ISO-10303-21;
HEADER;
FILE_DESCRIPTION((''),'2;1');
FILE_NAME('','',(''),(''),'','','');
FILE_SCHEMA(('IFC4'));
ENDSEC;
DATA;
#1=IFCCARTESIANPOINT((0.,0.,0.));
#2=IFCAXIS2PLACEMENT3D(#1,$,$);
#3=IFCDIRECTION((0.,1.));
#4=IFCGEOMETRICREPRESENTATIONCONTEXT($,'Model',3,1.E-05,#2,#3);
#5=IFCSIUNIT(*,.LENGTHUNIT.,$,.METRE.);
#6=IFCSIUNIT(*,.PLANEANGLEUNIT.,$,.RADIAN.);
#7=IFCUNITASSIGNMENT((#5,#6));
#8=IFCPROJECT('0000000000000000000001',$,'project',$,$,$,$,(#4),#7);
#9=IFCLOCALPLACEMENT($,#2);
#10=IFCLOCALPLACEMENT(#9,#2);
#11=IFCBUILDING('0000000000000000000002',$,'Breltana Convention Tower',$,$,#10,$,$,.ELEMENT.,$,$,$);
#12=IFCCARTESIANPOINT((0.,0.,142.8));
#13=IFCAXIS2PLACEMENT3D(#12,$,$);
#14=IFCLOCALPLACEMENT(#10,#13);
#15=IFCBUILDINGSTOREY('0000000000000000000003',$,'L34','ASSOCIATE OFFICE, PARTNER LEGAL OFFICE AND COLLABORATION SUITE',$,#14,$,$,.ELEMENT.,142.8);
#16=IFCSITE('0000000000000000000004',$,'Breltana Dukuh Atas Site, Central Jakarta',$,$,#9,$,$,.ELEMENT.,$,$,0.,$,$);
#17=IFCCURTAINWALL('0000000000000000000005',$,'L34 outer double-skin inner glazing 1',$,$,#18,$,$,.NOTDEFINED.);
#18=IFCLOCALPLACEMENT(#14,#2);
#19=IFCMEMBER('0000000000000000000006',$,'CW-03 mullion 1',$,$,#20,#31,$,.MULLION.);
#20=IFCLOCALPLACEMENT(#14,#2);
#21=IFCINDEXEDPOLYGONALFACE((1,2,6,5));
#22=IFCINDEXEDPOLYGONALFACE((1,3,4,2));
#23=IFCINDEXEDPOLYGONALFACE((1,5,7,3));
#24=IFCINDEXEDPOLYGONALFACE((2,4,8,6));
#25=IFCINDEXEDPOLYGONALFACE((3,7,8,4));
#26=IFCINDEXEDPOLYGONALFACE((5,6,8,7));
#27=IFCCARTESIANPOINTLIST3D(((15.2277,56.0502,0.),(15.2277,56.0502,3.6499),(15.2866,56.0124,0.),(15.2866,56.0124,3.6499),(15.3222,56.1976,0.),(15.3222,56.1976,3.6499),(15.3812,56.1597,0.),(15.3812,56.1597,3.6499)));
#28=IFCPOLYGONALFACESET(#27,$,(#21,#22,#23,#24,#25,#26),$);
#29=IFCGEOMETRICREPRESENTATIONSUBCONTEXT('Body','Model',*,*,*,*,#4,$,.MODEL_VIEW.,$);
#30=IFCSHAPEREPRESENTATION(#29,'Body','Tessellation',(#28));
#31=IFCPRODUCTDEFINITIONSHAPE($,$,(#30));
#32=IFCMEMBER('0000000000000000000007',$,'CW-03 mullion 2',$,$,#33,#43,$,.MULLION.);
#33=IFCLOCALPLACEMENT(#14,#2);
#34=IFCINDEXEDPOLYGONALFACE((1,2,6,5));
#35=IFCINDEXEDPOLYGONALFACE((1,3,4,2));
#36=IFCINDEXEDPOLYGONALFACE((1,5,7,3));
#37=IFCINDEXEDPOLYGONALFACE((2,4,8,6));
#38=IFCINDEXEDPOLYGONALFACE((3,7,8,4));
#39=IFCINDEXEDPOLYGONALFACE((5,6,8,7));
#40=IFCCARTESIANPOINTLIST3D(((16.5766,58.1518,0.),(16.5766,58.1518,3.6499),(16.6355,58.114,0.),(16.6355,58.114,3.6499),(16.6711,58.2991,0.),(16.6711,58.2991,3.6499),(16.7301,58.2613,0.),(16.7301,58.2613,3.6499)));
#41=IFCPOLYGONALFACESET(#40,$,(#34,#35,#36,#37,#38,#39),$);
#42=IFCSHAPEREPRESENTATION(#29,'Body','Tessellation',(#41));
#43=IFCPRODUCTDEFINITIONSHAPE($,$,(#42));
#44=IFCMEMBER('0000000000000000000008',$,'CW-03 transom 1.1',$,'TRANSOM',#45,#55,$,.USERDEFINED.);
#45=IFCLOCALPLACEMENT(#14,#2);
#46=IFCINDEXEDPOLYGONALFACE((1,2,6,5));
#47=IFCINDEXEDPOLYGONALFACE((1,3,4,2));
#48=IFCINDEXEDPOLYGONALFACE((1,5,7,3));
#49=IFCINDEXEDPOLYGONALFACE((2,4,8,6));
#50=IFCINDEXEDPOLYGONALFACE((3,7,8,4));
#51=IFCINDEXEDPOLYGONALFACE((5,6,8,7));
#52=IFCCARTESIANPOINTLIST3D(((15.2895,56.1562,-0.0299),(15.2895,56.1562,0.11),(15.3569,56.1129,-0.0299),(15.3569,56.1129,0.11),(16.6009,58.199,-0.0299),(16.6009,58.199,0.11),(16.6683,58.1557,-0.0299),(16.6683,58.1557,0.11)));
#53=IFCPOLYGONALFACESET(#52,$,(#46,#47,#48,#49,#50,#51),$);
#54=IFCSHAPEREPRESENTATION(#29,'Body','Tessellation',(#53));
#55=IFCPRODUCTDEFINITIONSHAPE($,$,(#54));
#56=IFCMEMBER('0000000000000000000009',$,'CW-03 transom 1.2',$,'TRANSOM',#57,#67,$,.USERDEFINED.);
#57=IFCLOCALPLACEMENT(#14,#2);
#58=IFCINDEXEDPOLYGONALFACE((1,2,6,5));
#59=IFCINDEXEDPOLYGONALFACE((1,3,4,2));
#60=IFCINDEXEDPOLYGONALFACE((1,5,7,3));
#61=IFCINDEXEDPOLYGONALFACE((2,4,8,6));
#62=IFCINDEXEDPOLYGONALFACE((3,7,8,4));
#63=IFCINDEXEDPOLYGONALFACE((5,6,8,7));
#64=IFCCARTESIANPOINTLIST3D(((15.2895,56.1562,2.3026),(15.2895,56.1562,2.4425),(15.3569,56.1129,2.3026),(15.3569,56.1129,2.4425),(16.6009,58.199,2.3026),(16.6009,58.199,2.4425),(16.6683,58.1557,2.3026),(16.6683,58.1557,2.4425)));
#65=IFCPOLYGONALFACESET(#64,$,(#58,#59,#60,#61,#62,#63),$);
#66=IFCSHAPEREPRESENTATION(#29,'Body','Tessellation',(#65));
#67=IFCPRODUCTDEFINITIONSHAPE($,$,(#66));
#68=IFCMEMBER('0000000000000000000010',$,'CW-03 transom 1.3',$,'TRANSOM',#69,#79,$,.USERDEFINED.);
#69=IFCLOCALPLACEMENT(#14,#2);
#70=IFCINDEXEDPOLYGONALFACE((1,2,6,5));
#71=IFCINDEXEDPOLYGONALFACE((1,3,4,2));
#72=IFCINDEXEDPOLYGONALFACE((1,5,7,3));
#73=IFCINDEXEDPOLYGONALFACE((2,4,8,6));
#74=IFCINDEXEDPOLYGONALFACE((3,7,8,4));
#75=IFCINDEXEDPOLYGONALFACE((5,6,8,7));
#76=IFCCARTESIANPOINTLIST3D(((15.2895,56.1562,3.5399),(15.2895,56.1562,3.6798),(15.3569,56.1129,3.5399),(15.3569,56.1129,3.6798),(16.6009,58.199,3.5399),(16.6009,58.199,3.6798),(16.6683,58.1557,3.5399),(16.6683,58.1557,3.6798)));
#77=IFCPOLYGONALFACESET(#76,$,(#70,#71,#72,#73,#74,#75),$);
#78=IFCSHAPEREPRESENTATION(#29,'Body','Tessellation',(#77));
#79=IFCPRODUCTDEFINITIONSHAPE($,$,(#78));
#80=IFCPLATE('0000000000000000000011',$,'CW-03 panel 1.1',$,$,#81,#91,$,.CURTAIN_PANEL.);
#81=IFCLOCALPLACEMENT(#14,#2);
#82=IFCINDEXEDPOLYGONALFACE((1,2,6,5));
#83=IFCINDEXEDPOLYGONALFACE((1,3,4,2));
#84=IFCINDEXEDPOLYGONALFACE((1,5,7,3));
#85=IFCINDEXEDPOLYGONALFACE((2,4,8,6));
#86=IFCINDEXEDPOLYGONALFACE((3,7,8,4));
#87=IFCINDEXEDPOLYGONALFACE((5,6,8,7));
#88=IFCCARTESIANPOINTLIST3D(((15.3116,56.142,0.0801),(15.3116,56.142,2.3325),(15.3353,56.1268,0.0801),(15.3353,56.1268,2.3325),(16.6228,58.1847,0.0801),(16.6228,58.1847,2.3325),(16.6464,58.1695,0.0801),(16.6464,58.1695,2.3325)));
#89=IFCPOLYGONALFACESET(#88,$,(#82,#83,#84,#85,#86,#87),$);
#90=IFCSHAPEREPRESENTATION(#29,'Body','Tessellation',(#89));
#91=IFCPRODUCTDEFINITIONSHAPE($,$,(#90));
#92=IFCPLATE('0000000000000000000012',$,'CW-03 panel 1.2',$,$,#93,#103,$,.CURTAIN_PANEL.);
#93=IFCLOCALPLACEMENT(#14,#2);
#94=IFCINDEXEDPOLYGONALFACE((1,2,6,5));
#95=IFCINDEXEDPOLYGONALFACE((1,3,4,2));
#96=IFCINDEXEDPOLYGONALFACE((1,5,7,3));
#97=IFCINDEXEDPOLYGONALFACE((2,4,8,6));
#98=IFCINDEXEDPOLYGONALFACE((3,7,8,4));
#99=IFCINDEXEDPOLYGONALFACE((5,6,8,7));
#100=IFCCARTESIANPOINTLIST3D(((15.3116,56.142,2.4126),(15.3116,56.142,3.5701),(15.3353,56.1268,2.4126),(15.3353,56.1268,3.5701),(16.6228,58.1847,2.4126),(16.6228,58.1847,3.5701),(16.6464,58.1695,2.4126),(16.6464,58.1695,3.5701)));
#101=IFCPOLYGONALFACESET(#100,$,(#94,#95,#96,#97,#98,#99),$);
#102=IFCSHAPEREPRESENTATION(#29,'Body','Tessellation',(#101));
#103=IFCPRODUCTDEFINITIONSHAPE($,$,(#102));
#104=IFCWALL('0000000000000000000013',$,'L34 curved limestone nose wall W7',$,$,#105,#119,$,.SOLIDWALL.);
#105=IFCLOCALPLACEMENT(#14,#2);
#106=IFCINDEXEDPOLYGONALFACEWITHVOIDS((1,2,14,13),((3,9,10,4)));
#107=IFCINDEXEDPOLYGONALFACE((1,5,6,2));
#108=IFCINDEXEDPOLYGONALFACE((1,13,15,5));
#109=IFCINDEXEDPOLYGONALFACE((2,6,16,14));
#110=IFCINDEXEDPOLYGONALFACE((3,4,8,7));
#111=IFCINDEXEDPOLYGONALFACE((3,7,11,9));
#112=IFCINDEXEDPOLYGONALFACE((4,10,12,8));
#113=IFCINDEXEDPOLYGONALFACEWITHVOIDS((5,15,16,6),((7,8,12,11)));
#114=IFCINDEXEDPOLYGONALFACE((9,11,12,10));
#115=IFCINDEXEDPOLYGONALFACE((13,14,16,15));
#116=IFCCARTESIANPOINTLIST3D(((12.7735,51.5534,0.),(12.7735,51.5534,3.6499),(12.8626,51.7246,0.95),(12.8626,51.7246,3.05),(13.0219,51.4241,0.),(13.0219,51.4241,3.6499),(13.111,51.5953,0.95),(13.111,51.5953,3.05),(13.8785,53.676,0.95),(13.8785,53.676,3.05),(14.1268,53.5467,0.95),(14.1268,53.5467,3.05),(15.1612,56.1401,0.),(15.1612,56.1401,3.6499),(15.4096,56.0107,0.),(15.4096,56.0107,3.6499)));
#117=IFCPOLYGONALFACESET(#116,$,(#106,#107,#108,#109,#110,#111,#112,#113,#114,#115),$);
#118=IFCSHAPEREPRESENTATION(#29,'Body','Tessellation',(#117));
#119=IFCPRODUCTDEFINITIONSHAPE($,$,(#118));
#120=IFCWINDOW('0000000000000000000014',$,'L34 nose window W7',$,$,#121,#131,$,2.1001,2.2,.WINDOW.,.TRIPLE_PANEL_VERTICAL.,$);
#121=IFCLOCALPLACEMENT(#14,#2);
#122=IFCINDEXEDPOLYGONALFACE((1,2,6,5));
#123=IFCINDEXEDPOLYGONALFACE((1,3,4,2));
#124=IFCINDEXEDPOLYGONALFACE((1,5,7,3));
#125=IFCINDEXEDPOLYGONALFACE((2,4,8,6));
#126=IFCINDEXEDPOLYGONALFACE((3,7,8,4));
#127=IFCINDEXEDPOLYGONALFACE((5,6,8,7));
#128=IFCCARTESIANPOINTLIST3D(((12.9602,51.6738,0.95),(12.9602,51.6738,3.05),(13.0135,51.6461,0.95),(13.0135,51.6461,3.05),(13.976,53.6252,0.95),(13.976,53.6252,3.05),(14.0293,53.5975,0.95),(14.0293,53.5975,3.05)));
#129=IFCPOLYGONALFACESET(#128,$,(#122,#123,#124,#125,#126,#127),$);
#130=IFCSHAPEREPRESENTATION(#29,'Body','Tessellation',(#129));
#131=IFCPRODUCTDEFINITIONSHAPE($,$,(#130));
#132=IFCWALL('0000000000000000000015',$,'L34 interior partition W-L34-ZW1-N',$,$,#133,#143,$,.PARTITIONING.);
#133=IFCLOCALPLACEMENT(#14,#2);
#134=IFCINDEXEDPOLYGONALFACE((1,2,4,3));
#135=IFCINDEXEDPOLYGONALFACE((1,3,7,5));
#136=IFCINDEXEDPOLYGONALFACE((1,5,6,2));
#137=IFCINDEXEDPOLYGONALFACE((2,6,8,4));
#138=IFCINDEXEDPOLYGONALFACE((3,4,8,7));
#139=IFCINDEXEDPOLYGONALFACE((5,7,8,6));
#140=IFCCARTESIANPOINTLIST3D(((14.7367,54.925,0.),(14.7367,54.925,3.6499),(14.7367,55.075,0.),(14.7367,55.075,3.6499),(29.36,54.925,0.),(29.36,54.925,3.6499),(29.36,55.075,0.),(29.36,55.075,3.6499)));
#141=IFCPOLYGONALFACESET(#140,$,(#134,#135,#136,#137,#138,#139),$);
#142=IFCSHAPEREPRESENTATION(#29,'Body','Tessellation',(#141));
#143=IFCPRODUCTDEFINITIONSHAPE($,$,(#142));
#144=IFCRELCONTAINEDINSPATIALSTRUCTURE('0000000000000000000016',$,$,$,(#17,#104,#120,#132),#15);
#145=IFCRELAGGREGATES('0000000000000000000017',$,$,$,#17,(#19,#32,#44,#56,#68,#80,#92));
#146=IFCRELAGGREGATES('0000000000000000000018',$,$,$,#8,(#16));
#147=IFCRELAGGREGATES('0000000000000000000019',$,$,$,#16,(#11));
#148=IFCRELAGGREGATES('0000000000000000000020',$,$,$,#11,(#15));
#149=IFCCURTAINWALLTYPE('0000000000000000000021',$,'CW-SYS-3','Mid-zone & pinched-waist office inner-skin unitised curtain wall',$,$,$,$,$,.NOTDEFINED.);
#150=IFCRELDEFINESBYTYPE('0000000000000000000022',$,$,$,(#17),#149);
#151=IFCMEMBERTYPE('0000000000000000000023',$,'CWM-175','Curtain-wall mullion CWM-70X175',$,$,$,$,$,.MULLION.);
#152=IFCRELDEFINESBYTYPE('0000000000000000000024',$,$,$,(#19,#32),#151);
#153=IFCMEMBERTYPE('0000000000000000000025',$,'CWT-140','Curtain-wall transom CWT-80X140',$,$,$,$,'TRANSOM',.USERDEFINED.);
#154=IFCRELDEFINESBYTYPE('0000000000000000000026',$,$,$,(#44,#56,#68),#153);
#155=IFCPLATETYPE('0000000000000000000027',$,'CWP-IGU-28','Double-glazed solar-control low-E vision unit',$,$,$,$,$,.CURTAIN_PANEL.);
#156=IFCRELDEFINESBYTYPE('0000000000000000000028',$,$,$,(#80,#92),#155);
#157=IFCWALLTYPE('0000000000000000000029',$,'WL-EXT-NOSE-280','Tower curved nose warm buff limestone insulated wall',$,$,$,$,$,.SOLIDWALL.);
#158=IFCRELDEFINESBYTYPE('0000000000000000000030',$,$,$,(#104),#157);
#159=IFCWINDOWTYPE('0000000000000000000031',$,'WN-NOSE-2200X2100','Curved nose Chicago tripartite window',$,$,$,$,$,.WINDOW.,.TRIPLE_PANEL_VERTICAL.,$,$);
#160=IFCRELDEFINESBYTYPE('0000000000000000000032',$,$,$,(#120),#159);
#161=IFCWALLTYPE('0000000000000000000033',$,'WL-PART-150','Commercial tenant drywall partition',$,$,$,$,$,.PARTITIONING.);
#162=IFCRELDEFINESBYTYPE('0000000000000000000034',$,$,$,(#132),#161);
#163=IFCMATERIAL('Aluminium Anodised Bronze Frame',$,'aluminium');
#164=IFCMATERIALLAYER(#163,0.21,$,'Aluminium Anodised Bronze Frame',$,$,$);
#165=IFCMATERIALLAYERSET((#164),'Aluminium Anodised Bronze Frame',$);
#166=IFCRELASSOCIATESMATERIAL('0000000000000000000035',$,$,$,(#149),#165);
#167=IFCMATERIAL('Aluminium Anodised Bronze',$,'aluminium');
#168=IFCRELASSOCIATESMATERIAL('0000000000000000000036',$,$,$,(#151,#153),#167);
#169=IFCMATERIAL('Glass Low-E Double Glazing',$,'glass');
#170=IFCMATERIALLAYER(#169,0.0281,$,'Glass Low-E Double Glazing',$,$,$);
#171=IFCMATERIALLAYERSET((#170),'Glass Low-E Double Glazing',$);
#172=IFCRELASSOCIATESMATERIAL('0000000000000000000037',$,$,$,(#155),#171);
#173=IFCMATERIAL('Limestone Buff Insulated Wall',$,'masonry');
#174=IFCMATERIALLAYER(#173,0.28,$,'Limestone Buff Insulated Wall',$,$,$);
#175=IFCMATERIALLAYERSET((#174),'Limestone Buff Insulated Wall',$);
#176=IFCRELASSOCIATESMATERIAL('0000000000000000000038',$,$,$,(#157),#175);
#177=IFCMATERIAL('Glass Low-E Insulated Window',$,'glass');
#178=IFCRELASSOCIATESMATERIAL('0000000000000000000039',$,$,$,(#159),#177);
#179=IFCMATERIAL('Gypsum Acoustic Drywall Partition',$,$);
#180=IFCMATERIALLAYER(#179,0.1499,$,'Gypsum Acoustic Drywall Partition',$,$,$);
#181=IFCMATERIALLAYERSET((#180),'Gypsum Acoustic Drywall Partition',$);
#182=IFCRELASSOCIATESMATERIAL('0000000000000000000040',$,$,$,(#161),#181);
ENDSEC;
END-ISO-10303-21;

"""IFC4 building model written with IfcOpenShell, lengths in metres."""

from ifc_helpers import new_model, si_unit, direction, frame, frame_2d, origin, origin_2d, place, context, subcontext, project, spatial, rectangle, extrude, source, transform, mapped, material, layer, layer_set, material_profile, profile_set, type_object, type_shapes, element, fill, aggregate, save


model = new_model("IFC4")

# Units and contexts
model_context = context("Model", 3, precision=1e-05, world=origin(), true_north=direction((0.0, 1.0)))
body_context = subcontext(model_context, "Body", "Model", "MODEL_VIEW")
ifc_project = project(units=[si_unit("LENGTHUNIT", "METRE"), si_unit("PLANEANGLEUNIT", "RADIAN")], contexts=[model_context])

# Site, building, storey
site_placement = place(None, origin())
site = spatial("IfcSite", under=ifc_project, at=site_placement, Name="Breltana Dukuh Atas Site, Central Jakarta", CompositionType="ELEMENT", RefElevation=0.0)
building_placement = place(site_placement, origin())
building = spatial("IfcBuilding", under=site, at=building_placement, Name="Breltana Convention Tower", CompositionType="ELEMENT")
storey_placement = place(building_placement, frame((0.0, 0.0, 142.8)))
storey = spatial("IfcBuildingStorey", under=building, at=storey_placement, Name="L34", Description="ASSOCIATE OFFICE, PARTNER LEGAL OFFICE AND COLLABORATION SUITE", CompositionType="ELEMENT", Elevation=142.8)

# Shared definitions
ifc_material_1 = material(Name="Aluminium Anodised Bronze Frame", Category="aluminium")
ifc_material_2 = material(Name="Aluminium Anodised Bronze", Category="aluminium")

# Curtain wall, members, plates
ifc_layer_1 = layer(ifc_material_1, 0.21, Name="Aluminium Anodised Bronze Frame")
ifc_layer_set_1 = layer_set([ifc_layer_1], Name="Aluminium Anodised Bronze Frame")
curtain_wall_type_1 = type_object("IfcCurtainWallType", Name="CW-SYS-3", Description="Mid-zone & pinched-waist office inner-skin unitised curtain wall", PredefinedType="NOTDEFINED", material=ifc_layer_set_1)
curtain_wall_1_placement = place(storey_placement, origin())
curtain_wall_1 = element("IfcCurtainWall", 1, at=curtain_wall_1_placement, inside=storey, type_object=curtain_wall_type_1, Name="L34 outer double-skin inner glazing 1", PredefinedType="NOTDEFINED")
ifc_material_profile_1 = material_profile(ifc_material_2, rectangle(XDim=0.0701, YDim=0.175, at=origin_2d()), Name="CWM-70X175")
ifc_profile_set_1 = profile_set([ifc_material_profile_1], Name="Aluminium Anodised Bronze")
member_type_1 = type_object("IfcMemberType", Name="CWM-175", Description="Curtain-wall mullion CWM-70X175", PredefinedType="MULLION", material=ifc_profile_set_1)
shared_shape_1 = source(origin(), body_context, "Body", "SweptSolid", [
    extrude(rectangle(XDim=0.0701, YDim=0.175, at=origin_2d()), origin(), (0.0, 0.0, 1.0), 3.6499),
])
member_1_placement = place(storey_placement, frame((15.3044, 56.105, 0.0), z_axis=(0.0, 0.0, 1.0), x_axis=(-0.841554, 0.540173, 0.0)))
member_1 = element("IfcMember", 2, at=member_1_placement, type_object=member_type_1, Name="CW-03 mullion 1", PredefinedType="MULLION", context=body_context, shape_type="MappedRepresentation", body=[
    mapped(shared_shape_1, transform((0.0, 0.0, 0.0), scale=1.0)),
])
member_2_placement = place(storey_placement, frame((16.6533, 58.2065, 0.0), z_axis=(0.0, 0.0, 1.0), x_axis=(-0.841554, 0.540173, 0.0)))
member_2 = element("IfcMember", 3, at=member_2_placement, type_object=member_type_1, Name="CW-03 mullion 2", PredefinedType="MULLION", context=body_context, shape_type="MappedRepresentation", body=[
    mapped(shared_shape_1, transform((0.0, 0.0, 0.0), scale=1.0)),
])
ifc_material_profile_2 = material_profile(ifc_material_2, rectangle(XDim=0.0801, YDim=0.1399, at=origin_2d()), Name="CWT-80X140")
ifc_profile_set_2 = profile_set([ifc_material_profile_2], Name="Aluminium Anodised Bronze")
member_type_2 = type_object("IfcMemberType", Name="CWT-140", Description="Curtain-wall transom CWT-80X140", ElementType="TRANSOM", PredefinedType="USERDEFINED", material=ifc_profile_set_2)
shared_shape_2 = source(origin(), body_context, "Body", "SweptSolid", [
    extrude(rectangle(XDim=0.0801, YDim=0.1399, at=origin_2d()), origin(), (0.0, 0.0, 1.0), 2.4275),
])
member_3_placement = place(storey_placement, frame((15.3232, 56.1345, 0.04), z_axis=(0.540203, 0.841534, 0.0), x_axis=(-0.841534, 0.540203, 0.0)))
member_3 = element("IfcMember", 4, at=member_3_placement, type_object=member_type_2, Name="CW-03 transom 1.1", ObjectType="TRANSOM", PredefinedType="USERDEFINED", context=body_context, shape_type="MappedRepresentation", body=[
    mapped(shared_shape_2, transform((0.0, 0.0, 0.0), scale=1.0)),
])
member_4_placement = place(storey_placement, frame((15.3232, 56.1345, 2.3726), z_axis=(0.540203, 0.841534, 0.0), x_axis=(-0.841534, 0.540203, 0.0)))
member_4 = element("IfcMember", 5, at=member_4_placement, type_object=member_type_2, Name="CW-03 transom 1.2", ObjectType="TRANSOM", PredefinedType="USERDEFINED", context=body_context, shape_type="MappedRepresentation", body=[
    mapped(shared_shape_2, transform((0.0, 0.0, 0.0), scale=1.0)),
])
member_5_placement = place(storey_placement, frame((15.3232, 56.1345, 3.6099), z_axis=(0.540203, 0.841534, 0.0), x_axis=(-0.841534, 0.540203, 0.0)))
member_5 = element("IfcMember", 6, at=member_5_placement, type_object=member_type_2, Name="CW-03 transom 1.3", ObjectType="TRANSOM", PredefinedType="USERDEFINED", context=body_context, shape_type="MappedRepresentation", body=[
    mapped(shared_shape_2, transform((0.0, 0.0, 0.0), scale=1.0)),
])
ifc_material_3 = material(Name="Glass Low-E Double Glazing", Category="glass")
ifc_layer_2 = layer(ifc_material_3, 0.0281, Name="Glass Low-E Double Glazing")
ifc_layer_set_2 = layer_set([ifc_layer_2], Name="Glass Low-E Double Glazing")
plate_type = type_object("IfcPlateType", Name="CWP-IGU-28", Description="Double-glazed solar-control low-E vision unit", PredefinedType="CURTAIN_PANEL", material=ifc_layer_set_2)
shared_shape_3 = source(origin(), body_context, "Body", "SweptSolid", [
    extrude(rectangle(XDim=2.4272, YDim=0.0281, at=origin_2d()), origin(), (0.0, 0.0, 1.0), 2.2524),
])
plate_1_placement = place(storey_placement, frame((15.979, 57.1558, 0.0801), z_axis=(0.0, 0.0, 1.0), x_axis=(0.540173, 0.841554, 0.0)))
plate_1 = element("IfcPlate", 7, at=plate_1_placement, type_object=plate_type, Name="CW-03 panel 1.1", PredefinedType="CURTAIN_PANEL", context=body_context, shape_type="MappedRepresentation", body=[
    mapped(shared_shape_3, transform((0.0, 0.0, 0.0), scale=1.0)),
])
shared_shape_4 = source(origin(), body_context, "Body", "SweptSolid", [
    extrude(rectangle(XDim=2.4272, YDim=0.0281, at=origin_2d()), origin(), (0.0, 0.0, 1.0), 1.1575),
])
plate_2_placement = place(storey_placement, frame((15.979, 57.1558, 2.4126), z_axis=(0.0, 0.0, 1.0), x_axis=(0.540173, 0.841554, 0.0)))
plate_2 = element("IfcPlate", 8, at=plate_2_placement, type_object=plate_type, Name="CW-03 panel 1.2", PredefinedType="CURTAIN_PANEL", context=body_context, shape_type="MappedRepresentation", body=[
    mapped(shared_shape_4, transform((0.0, 0.0, 0.0), scale=1.0)),
])
aggregate(curtain_wall_1, [member_1, member_2, member_3, member_4, member_5, plate_1, plate_2])

# Wall, opening, window
ifc_material_4 = material(Name="Limestone Buff Insulated Wall", Category="masonry")
ifc_layer_3 = layer(ifc_material_4, 0.28, Name="Limestone Buff Insulated Wall")
ifc_layer_set_3 = layer_set([ifc_layer_3], Name="Limestone Buff Insulated Wall")
wall_type_1 = type_object("IfcWallType", Name="WL-EXT-NOSE-280", Description="Tower curved nose warm buff limestone insulated wall", PredefinedType="SOLIDWALL", material=ifc_layer_set_3)
shared_shape_5 = source(origin(), body_context, "Body", "SweptSolid", [
    extrude(rectangle(XDim=5.1709, YDim=0.28, at=frame_2d((2.5854, 0.0))), origin(), (0.0, 0.0, 1.0), 3.6499),
])
wall_1_placement = place(storey_placement, frame((12.8977, 51.4888, 0.0), z_axis=(0.0, 0.0, 1.0), x_axis=(0.461753, 0.887009, 0.0)))
wall_1 = element("IfcWall", 9, at=wall_1_placement, inside=storey, type_object=wall_type_1, Name="L34 curved limestone nose wall W7", PredefinedType="SOLIDWALL", context=body_context, shape_type="MappedRepresentation", body=[
    mapped(shared_shape_5, transform((0.0, 0.0, 0.0), scale=1.0)),
])
opening_1_placement = place(wall_1_placement, frame((0.1929, 0.0, 0.95)))
opening_1 = element("IfcOpeningElement", 10, at=opening_1_placement, cuts=wall_1, PredefinedType="OPENING", context=body_context, shape_type="SweptSolid", body=[
    extrude(rectangle(XDim=2.2, YDim=2.1001, at=frame_2d((1.1001, 1.05))), frame((0.0, 0.1499, 0.0), z_axis=(0.0, -1.0, 0.0), x_axis=(1.0, 0.0, 0.0)), (0.0, 0.0, 1.0), 0.3),
])
ifc_material_5 = material(Name="Glass Low-E Insulated Window", Category="glass")
window_type = type_object("IfcWindowType", Name="WN-NOSE-2200X2100", Description="Curved nose Chicago tripartite window", PartitioningType="TRIPLE_PANEL_VERTICAL", PredefinedType="WINDOW", material=ifc_material_5)
shared_shape_6 = source(origin(), body_context, "Body", "SweptSolid", [
    extrude(rectangle(XDim=2.2, YDim=2.1001, at=frame_2d((1.1001, 1.05))), frame((0.0, 0.03, 0.0), z_axis=(0.0, -1.0, 0.0), x_axis=(1.0, 0.0, 0.0)), (0.0, 0.0, 1.0), 0.0601),
])
type_shapes(window_type, [shared_shape_6])
window_placement = place(opening_1_placement, origin())
window = element("IfcWindow", 11, at=window_placement, inside=storey, type_object=window_type, Name="L34 nose window W7", OverallHeight=2.1001, OverallWidth=2.2, PartitioningType="TRIPLE_PANEL_VERTICAL", PredefinedType="WINDOW", context=body_context, shape_type="MappedRepresentation", body=[
    mapped(shared_shape_6, transform((0.0, 0.0, 0.0), scale=1.0)),
])
fill(opening_1, window)

# Wall
ifc_material_6 = material(Name="Gypsum Acoustic Drywall Partition")
ifc_layer_4 = layer(ifc_material_6, 0.1499, Name="Gypsum Acoustic Drywall Partition")
ifc_layer_set_4 = layer_set([ifc_layer_4], Name="Gypsum Acoustic Drywall Partition")
wall_type_2 = type_object("IfcWallType", Name="WL-PART-150", Description="Commercial tenant drywall partition", PredefinedType="PARTITIONING", material=ifc_layer_set_4)
shared_shape_7 = source(origin(), body_context, "Body", "SweptSolid", [
    extrude(rectangle(XDim=14.6233, YDim=0.1499, at=frame_2d((7.3115, 0.0))), origin(), (0.0, 0.0, 1.0), 3.6499),
])
wall_2_placement = place(storey_placement, frame((14.7368, 55.0, 0.0), z_axis=(0.0, 0.0, 1.0), x_axis=(1.0, 0.0, 0.0)))
element("IfcWall", 12, at=wall_2_placement, inside=storey, type_object=wall_type_2, Name="L34 interior partition W-L34-ZW1-N", PredefinedType="PARTITIONING", context=body_context, shape_type="MappedRepresentation", body=[
    mapped(shared_shape_7, transform((0.0, 0.0, 0.0), scale=1.0)),
])

save(model, "model.ifc")
